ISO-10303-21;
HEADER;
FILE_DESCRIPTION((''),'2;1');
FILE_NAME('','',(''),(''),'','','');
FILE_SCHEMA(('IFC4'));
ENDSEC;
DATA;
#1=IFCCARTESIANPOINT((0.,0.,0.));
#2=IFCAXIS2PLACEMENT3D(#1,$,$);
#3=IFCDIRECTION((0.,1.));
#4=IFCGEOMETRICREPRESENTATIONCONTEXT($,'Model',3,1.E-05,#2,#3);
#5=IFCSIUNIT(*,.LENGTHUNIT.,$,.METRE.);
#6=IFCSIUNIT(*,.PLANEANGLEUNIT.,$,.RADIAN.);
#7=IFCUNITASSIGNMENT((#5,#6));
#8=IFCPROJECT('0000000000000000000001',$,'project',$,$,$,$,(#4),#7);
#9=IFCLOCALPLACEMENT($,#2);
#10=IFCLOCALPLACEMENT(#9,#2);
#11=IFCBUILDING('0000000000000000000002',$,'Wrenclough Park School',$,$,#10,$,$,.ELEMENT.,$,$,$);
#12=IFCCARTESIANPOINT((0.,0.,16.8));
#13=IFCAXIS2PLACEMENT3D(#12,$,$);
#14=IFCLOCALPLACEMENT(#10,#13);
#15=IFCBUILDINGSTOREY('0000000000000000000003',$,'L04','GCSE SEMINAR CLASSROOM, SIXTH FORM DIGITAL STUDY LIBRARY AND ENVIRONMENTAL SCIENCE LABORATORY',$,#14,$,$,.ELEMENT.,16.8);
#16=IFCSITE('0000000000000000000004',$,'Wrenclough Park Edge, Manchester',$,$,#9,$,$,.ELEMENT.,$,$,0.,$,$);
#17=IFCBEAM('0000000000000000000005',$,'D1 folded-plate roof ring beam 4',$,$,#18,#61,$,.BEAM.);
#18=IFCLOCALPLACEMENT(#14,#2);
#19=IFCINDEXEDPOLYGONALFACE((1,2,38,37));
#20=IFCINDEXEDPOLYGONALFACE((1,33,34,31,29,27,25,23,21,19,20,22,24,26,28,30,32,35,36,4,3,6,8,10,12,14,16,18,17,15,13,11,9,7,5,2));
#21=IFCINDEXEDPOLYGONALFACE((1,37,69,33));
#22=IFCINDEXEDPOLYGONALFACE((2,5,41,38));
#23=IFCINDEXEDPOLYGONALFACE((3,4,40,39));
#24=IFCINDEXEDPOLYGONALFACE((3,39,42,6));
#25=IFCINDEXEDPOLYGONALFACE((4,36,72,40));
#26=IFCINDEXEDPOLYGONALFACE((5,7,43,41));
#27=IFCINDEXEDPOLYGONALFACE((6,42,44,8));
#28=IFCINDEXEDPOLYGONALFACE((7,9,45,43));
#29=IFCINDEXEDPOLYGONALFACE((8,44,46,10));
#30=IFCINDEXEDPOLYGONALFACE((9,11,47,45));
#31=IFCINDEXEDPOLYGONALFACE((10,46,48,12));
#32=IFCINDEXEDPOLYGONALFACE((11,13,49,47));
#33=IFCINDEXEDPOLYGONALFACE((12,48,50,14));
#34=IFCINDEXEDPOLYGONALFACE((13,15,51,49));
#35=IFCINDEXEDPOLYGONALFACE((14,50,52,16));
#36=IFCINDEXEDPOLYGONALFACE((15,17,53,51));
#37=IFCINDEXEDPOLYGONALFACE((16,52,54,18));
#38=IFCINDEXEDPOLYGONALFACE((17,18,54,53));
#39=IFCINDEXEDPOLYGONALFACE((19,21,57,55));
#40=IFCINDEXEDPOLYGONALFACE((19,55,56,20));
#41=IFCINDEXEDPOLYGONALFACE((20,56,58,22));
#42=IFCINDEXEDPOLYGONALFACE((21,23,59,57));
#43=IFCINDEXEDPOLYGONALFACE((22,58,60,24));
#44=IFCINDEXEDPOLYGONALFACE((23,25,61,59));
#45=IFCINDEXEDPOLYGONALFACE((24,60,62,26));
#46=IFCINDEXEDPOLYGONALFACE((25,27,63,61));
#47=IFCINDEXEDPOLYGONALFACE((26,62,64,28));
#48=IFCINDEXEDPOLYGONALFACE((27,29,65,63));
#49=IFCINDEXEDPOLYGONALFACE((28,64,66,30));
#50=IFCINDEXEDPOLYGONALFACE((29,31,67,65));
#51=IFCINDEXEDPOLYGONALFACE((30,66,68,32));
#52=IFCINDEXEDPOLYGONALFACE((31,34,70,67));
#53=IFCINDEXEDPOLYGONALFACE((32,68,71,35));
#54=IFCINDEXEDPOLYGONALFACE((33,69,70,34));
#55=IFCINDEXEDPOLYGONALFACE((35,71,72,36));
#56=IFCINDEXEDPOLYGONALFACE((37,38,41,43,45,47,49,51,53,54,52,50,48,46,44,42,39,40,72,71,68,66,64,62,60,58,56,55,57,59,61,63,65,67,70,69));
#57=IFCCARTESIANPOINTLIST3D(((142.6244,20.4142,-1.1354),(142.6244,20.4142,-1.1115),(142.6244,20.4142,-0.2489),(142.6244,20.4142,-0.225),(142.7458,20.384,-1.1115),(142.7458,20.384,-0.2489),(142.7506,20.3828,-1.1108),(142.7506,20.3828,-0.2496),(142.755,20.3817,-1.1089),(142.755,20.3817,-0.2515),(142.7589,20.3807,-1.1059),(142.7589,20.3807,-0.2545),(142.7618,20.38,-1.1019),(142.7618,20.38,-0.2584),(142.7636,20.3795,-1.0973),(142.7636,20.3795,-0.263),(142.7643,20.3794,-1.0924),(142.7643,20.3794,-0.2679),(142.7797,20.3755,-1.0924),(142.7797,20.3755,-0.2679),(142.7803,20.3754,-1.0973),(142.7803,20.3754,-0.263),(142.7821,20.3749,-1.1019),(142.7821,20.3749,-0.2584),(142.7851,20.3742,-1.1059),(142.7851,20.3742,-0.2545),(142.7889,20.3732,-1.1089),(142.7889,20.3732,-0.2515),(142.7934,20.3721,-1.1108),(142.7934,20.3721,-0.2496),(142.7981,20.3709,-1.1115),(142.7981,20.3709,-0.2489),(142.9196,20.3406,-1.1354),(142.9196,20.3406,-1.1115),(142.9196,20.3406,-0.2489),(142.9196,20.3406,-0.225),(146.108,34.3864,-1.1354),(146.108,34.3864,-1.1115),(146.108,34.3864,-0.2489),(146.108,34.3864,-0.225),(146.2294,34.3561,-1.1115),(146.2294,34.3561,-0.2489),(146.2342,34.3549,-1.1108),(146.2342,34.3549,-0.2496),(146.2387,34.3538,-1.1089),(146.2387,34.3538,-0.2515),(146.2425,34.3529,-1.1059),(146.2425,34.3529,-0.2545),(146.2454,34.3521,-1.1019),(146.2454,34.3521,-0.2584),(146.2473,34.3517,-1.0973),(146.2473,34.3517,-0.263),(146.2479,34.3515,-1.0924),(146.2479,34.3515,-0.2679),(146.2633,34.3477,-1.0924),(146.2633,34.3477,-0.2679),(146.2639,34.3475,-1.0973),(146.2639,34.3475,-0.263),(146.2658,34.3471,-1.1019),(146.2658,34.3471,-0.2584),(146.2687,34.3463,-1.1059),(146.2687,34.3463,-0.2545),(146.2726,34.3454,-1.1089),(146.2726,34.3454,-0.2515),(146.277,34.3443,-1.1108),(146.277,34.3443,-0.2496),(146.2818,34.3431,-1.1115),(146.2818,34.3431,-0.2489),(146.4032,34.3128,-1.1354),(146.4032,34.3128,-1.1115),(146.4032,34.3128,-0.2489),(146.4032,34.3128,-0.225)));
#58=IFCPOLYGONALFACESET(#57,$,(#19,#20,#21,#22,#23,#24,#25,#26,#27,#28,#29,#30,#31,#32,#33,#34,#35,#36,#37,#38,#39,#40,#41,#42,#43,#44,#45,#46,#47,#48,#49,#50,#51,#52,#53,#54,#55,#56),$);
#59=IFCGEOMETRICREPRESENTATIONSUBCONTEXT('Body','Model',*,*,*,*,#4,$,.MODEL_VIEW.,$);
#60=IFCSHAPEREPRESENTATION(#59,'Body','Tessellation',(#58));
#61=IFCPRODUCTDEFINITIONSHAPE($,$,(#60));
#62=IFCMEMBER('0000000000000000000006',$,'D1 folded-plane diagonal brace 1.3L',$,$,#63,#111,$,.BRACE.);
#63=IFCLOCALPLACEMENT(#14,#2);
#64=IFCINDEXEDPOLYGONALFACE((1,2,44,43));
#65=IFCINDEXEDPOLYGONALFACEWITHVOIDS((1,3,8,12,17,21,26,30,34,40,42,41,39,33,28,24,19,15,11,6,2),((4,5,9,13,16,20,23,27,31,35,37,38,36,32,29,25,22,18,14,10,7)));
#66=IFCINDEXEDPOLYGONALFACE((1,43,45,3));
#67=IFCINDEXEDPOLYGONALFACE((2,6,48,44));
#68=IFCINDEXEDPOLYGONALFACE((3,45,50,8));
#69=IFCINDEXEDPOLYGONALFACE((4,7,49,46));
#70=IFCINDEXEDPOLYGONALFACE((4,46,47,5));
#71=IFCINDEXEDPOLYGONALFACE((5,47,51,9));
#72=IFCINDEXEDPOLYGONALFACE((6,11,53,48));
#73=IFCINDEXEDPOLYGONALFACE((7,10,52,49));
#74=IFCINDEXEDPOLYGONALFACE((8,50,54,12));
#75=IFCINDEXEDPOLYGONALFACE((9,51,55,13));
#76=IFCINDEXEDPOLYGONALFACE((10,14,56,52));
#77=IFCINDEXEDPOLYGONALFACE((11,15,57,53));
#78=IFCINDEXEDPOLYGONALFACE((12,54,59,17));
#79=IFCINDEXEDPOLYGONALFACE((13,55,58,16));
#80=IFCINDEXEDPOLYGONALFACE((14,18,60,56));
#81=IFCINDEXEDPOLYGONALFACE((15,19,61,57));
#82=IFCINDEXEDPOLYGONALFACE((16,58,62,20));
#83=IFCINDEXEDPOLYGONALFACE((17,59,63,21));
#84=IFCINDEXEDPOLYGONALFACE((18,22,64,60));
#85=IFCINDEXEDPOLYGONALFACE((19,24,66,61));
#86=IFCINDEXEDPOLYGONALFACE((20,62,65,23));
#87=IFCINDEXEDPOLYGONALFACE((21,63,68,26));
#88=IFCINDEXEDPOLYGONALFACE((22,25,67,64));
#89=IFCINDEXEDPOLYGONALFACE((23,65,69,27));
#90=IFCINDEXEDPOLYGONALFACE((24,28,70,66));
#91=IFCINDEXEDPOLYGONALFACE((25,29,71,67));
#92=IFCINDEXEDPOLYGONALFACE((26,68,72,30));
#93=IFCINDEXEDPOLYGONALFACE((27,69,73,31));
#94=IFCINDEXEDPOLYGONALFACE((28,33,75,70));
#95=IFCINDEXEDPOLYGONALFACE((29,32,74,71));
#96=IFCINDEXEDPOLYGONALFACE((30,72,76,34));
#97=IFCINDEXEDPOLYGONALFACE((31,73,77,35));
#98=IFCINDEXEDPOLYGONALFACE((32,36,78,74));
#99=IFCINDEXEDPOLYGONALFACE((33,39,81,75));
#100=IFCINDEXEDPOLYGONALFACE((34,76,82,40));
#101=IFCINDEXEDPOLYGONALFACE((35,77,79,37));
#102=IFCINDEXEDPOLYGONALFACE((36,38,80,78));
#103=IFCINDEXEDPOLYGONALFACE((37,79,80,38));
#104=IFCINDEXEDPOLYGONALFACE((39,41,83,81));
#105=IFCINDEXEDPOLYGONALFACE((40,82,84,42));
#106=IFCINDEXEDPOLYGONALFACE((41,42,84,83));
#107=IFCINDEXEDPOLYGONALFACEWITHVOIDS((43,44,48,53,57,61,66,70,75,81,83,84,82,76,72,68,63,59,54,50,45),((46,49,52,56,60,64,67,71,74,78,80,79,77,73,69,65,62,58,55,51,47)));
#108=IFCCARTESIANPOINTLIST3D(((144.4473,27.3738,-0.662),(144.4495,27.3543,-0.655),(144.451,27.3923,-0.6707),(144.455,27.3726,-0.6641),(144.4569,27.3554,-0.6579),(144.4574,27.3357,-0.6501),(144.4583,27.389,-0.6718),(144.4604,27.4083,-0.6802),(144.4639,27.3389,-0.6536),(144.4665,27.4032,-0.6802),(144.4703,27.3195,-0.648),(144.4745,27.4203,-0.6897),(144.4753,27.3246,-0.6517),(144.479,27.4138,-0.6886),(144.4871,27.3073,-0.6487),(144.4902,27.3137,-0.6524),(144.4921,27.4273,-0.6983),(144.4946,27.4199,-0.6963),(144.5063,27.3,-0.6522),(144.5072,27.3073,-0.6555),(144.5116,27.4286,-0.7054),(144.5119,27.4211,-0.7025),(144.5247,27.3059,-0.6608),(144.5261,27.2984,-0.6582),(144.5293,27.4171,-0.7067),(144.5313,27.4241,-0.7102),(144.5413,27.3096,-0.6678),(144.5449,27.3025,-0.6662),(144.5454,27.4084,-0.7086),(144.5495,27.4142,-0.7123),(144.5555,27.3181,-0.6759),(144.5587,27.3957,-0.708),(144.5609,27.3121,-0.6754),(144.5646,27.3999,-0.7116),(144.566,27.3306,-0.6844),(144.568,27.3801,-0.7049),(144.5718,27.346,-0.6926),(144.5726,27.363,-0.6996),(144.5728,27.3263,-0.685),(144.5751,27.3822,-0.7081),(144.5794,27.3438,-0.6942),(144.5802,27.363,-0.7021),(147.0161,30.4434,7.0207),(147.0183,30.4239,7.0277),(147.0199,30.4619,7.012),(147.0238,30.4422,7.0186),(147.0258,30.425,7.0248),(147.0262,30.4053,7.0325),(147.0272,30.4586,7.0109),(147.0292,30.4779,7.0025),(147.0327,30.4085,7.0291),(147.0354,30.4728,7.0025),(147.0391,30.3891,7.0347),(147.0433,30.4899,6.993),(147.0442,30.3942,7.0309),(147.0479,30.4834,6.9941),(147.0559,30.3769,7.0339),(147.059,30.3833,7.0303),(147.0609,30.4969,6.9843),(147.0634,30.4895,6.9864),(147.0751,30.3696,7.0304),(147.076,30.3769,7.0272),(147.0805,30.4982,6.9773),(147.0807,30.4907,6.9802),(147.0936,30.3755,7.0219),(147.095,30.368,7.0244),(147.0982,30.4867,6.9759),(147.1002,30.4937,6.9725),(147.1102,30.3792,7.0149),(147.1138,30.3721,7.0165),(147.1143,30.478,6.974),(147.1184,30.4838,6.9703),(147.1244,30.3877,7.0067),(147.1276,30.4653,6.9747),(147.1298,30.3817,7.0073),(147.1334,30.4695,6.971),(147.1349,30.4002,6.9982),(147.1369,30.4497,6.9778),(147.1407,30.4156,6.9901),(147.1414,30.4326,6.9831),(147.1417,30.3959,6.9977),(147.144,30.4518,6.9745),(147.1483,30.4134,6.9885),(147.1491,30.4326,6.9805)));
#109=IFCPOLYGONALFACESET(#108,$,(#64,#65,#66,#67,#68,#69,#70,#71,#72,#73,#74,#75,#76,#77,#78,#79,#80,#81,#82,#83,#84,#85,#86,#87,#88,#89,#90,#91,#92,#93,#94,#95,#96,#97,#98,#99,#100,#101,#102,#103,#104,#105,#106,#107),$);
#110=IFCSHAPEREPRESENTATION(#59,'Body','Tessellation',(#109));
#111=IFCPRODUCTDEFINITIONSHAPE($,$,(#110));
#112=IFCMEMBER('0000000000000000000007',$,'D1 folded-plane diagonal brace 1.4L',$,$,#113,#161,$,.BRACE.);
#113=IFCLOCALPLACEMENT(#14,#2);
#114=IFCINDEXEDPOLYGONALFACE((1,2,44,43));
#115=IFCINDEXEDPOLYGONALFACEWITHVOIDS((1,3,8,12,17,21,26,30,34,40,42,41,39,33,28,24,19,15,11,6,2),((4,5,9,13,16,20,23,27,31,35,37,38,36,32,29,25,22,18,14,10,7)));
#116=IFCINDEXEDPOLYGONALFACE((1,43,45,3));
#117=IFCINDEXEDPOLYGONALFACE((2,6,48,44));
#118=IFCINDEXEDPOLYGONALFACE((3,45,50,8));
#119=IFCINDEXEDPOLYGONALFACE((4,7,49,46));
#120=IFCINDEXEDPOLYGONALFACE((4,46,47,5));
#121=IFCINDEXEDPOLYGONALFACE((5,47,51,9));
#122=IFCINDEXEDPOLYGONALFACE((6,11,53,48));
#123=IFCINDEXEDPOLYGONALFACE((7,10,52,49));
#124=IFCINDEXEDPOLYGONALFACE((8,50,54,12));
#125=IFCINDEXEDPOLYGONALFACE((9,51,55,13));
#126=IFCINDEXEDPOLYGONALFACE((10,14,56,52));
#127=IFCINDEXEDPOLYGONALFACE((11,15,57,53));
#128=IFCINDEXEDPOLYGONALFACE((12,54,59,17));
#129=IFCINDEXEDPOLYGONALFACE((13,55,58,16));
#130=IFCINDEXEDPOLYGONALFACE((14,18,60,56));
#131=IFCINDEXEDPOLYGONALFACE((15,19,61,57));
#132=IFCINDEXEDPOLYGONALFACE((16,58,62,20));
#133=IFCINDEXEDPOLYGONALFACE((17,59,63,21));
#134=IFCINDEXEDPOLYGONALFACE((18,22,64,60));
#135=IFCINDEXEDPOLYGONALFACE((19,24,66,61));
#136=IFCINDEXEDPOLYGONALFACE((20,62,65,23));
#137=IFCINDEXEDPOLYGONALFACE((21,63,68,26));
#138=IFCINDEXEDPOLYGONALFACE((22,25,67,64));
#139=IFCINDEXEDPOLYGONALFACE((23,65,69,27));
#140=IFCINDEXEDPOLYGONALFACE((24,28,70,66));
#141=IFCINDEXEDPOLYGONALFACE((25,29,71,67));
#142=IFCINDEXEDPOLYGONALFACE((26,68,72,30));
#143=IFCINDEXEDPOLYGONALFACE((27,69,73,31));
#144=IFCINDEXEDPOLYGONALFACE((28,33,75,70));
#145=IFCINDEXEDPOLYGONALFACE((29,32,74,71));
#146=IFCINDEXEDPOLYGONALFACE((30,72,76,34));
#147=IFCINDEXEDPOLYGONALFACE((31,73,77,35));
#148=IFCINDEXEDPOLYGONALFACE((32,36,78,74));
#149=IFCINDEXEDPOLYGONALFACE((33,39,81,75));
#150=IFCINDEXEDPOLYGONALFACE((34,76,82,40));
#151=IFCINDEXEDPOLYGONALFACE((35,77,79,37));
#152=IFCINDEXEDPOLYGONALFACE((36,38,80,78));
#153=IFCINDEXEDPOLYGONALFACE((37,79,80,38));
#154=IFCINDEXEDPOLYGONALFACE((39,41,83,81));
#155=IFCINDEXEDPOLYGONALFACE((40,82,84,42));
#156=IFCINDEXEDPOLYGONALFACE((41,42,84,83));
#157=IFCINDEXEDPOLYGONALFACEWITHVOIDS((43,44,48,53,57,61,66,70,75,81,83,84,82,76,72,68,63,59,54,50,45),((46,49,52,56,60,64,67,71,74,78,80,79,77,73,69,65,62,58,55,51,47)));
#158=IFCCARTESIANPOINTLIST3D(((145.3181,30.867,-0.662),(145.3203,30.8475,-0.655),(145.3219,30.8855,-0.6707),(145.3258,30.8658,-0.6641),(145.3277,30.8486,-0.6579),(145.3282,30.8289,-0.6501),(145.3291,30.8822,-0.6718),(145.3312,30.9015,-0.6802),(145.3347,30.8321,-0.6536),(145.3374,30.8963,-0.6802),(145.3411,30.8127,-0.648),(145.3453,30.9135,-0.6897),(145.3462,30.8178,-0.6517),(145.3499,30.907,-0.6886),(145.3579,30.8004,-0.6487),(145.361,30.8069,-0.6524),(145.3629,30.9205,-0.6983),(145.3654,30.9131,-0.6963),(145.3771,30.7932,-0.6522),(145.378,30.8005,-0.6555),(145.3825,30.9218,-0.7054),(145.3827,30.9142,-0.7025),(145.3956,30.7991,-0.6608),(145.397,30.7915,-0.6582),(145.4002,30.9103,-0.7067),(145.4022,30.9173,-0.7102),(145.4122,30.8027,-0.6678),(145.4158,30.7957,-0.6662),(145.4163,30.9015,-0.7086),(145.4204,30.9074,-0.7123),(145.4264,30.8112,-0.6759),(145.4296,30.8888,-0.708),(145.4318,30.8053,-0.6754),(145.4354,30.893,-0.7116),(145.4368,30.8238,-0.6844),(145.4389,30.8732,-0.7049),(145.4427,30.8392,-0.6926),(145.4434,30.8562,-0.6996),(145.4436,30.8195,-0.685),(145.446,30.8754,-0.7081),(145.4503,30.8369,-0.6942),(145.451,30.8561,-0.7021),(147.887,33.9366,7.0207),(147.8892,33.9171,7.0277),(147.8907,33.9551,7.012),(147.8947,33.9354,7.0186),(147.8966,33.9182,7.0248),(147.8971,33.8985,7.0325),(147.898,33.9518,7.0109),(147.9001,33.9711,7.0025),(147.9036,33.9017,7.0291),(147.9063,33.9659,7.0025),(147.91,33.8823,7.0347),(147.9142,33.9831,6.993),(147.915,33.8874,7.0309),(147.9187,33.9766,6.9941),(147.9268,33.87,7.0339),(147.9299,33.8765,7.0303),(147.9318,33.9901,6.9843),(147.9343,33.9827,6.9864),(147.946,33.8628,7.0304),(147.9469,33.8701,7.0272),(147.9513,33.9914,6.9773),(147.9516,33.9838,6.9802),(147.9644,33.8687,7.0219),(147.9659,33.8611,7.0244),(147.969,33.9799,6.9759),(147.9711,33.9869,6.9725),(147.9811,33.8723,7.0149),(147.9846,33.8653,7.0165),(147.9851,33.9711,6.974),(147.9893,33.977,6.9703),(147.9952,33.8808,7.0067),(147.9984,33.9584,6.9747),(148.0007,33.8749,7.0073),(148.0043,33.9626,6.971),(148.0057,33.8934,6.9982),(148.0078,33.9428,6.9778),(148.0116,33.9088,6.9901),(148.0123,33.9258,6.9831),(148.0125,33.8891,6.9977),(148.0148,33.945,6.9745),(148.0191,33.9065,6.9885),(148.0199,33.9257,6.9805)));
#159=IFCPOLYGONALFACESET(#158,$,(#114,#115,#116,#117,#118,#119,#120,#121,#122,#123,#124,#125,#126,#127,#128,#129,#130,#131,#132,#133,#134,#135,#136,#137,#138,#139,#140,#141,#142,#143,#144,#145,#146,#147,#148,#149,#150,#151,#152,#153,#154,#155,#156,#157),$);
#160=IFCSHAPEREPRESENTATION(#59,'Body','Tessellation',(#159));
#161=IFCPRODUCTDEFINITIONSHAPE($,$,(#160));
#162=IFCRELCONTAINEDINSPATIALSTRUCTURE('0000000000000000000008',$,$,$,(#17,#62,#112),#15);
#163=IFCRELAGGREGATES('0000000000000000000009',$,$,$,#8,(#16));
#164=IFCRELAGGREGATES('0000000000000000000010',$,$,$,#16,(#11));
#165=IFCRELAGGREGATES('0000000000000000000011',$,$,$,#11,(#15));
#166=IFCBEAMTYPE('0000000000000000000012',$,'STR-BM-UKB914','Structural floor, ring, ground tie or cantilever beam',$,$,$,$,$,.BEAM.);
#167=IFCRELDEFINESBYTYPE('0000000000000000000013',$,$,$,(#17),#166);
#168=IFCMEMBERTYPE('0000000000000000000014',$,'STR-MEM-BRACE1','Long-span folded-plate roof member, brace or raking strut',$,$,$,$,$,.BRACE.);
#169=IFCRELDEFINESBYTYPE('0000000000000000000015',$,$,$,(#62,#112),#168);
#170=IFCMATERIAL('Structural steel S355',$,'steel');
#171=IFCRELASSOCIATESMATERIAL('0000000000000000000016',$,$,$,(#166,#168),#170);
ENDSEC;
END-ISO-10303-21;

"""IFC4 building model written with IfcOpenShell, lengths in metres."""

from ifc_helpers import new_model, si_unit, direction, frame, origin, origin_2d, place, context, subcontext, project, spatial, hollow_circle, i_section, extrude, material, material_profile, profile_set, type_object, element, save


model = new_model("IFC4")

# Units and contexts
model_context = context("Model", 3, precision=1e-05, world=origin(), true_north=direction((0.0, 1.0)))
body_context = subcontext(model_context, "Body", "Model", "MODEL_VIEW")
ifc_project = project(units=[si_unit("LENGTHUNIT", "METRE"), si_unit("PLANEANGLEUNIT", "RADIAN")], contexts=[model_context])

# Site, building, storey
site_placement = place(None, origin())
site = spatial("IfcSite", under=ifc_project, at=site_placement, Name="Wrenclough Park Edge, Manchester", CompositionType="ELEMENT", RefElevation=0.0)
building_placement = place(site_placement, origin())
building = spatial("IfcBuilding", under=site, at=building_placement, Name="Wrenclough Park School", CompositionType="ELEMENT")
storey_placement = place(building_placement, frame((0.0, 0.0, 16.8)))
storey = spatial("IfcBuildingStorey", under=building, at=storey_placement, Name="L04", Description="GCSE SEMINAR CLASSROOM, SIXTH FORM DIGITAL STUDY LIBRARY AND ENVIRONMENTAL SCIENCE LABORATORY", CompositionType="ELEMENT", Elevation=16.8)

# Shared definitions
ifc_material_1 = material(Name="Structural steel S355", Category="steel")

# Beam
ifc_material_profile_1 = material_profile(ifc_material_1, i_section(OverallWidth=0.3042, OverallDepth=0.9104, WebThickness=0.0159, FlangeThickness=0.0239, FilletRadius=0.019, at=origin_2d()), Name="UKB 914x305x224")
ifc_profile_set_1 = profile_set([ifc_material_profile_1], Name="Structural steel S355")
beam_type_1 = type_object("IfcBeamType", Name="STR-BM-UKB914", Description="Structural floor, ring, ground tie or cantilever beam", PredefinedType="BEAM", material=ifc_profile_set_1)
beam_1_placement = place(storey_placement, frame((146.2556, 34.3496, -0.6802), z_axis=(-0.241921, -0.970296, 0.0), x_axis=(0.970296, -0.241921, 0.0)))
element("IfcBeam", 1, at=beam_1_placement, inside=storey, type_object=beam_type_1, Name="D1 folded-plate roof ring beam 4", PredefinedType="BEAM", context=body_context, shape_type="SweptSolid", body=[
    extrude(i_section(OverallWidth=0.3042, OverallDepth=0.9104, WebThickness=0.0159, FlangeThickness=0.0239, FilletRadius=0.019, at=origin_2d()), origin(), (0.0, 0.0, 1.0), 14.3999),
])

# Members
ifc_material_profile_2 = material_profile(ifc_material_1, hollow_circle(Radius=0.0698, WallThickness=0.0081, at=origin_2d()), Name="CHS 139.7x8.0")
ifc_profile_set_2 = profile_set([ifc_material_profile_2], Name="Structural steel S355")
member_type_1 = type_object("IfcMemberType", Name="STR-MEM-BRACE1", Description="Long-span folded-plate roof member, brace or raking strut", PredefinedType="BRACE", material=ifc_profile_set_2)
for number, where, z_axis, x_axis, name in (
    (2, (144.5139, 27.3635, -0.6802), (0.296538, 0.354341, 0.886853), (-0.766885, 0.641785, 0.0), "D1 folded-plane diagonal brace 1.3L"),
    (3, (145.3848, 30.8567, -0.6802), (0.296538, 0.354341, 0.886853), (-0.766885, 0.641785, 0.0), "D1 folded-plane diagonal brace 1.4L"),
):
    element("IfcMember", number, at=place(storey_placement, frame(where, z_axis=z_axis, x_axis=x_axis)), inside=storey, type_object=member_type_1, Name=name, PredefinedType="BRACE", context=body_context, shape_type="SweptSolid", body=[
        extrude(hollow_circle(Radius=0.0698, WallThickness=0.0081, at=origin_2d()), origin(), (0.0, 0.0, 1.0), 8.6628),
    ])

save(model, "model.ifc")
